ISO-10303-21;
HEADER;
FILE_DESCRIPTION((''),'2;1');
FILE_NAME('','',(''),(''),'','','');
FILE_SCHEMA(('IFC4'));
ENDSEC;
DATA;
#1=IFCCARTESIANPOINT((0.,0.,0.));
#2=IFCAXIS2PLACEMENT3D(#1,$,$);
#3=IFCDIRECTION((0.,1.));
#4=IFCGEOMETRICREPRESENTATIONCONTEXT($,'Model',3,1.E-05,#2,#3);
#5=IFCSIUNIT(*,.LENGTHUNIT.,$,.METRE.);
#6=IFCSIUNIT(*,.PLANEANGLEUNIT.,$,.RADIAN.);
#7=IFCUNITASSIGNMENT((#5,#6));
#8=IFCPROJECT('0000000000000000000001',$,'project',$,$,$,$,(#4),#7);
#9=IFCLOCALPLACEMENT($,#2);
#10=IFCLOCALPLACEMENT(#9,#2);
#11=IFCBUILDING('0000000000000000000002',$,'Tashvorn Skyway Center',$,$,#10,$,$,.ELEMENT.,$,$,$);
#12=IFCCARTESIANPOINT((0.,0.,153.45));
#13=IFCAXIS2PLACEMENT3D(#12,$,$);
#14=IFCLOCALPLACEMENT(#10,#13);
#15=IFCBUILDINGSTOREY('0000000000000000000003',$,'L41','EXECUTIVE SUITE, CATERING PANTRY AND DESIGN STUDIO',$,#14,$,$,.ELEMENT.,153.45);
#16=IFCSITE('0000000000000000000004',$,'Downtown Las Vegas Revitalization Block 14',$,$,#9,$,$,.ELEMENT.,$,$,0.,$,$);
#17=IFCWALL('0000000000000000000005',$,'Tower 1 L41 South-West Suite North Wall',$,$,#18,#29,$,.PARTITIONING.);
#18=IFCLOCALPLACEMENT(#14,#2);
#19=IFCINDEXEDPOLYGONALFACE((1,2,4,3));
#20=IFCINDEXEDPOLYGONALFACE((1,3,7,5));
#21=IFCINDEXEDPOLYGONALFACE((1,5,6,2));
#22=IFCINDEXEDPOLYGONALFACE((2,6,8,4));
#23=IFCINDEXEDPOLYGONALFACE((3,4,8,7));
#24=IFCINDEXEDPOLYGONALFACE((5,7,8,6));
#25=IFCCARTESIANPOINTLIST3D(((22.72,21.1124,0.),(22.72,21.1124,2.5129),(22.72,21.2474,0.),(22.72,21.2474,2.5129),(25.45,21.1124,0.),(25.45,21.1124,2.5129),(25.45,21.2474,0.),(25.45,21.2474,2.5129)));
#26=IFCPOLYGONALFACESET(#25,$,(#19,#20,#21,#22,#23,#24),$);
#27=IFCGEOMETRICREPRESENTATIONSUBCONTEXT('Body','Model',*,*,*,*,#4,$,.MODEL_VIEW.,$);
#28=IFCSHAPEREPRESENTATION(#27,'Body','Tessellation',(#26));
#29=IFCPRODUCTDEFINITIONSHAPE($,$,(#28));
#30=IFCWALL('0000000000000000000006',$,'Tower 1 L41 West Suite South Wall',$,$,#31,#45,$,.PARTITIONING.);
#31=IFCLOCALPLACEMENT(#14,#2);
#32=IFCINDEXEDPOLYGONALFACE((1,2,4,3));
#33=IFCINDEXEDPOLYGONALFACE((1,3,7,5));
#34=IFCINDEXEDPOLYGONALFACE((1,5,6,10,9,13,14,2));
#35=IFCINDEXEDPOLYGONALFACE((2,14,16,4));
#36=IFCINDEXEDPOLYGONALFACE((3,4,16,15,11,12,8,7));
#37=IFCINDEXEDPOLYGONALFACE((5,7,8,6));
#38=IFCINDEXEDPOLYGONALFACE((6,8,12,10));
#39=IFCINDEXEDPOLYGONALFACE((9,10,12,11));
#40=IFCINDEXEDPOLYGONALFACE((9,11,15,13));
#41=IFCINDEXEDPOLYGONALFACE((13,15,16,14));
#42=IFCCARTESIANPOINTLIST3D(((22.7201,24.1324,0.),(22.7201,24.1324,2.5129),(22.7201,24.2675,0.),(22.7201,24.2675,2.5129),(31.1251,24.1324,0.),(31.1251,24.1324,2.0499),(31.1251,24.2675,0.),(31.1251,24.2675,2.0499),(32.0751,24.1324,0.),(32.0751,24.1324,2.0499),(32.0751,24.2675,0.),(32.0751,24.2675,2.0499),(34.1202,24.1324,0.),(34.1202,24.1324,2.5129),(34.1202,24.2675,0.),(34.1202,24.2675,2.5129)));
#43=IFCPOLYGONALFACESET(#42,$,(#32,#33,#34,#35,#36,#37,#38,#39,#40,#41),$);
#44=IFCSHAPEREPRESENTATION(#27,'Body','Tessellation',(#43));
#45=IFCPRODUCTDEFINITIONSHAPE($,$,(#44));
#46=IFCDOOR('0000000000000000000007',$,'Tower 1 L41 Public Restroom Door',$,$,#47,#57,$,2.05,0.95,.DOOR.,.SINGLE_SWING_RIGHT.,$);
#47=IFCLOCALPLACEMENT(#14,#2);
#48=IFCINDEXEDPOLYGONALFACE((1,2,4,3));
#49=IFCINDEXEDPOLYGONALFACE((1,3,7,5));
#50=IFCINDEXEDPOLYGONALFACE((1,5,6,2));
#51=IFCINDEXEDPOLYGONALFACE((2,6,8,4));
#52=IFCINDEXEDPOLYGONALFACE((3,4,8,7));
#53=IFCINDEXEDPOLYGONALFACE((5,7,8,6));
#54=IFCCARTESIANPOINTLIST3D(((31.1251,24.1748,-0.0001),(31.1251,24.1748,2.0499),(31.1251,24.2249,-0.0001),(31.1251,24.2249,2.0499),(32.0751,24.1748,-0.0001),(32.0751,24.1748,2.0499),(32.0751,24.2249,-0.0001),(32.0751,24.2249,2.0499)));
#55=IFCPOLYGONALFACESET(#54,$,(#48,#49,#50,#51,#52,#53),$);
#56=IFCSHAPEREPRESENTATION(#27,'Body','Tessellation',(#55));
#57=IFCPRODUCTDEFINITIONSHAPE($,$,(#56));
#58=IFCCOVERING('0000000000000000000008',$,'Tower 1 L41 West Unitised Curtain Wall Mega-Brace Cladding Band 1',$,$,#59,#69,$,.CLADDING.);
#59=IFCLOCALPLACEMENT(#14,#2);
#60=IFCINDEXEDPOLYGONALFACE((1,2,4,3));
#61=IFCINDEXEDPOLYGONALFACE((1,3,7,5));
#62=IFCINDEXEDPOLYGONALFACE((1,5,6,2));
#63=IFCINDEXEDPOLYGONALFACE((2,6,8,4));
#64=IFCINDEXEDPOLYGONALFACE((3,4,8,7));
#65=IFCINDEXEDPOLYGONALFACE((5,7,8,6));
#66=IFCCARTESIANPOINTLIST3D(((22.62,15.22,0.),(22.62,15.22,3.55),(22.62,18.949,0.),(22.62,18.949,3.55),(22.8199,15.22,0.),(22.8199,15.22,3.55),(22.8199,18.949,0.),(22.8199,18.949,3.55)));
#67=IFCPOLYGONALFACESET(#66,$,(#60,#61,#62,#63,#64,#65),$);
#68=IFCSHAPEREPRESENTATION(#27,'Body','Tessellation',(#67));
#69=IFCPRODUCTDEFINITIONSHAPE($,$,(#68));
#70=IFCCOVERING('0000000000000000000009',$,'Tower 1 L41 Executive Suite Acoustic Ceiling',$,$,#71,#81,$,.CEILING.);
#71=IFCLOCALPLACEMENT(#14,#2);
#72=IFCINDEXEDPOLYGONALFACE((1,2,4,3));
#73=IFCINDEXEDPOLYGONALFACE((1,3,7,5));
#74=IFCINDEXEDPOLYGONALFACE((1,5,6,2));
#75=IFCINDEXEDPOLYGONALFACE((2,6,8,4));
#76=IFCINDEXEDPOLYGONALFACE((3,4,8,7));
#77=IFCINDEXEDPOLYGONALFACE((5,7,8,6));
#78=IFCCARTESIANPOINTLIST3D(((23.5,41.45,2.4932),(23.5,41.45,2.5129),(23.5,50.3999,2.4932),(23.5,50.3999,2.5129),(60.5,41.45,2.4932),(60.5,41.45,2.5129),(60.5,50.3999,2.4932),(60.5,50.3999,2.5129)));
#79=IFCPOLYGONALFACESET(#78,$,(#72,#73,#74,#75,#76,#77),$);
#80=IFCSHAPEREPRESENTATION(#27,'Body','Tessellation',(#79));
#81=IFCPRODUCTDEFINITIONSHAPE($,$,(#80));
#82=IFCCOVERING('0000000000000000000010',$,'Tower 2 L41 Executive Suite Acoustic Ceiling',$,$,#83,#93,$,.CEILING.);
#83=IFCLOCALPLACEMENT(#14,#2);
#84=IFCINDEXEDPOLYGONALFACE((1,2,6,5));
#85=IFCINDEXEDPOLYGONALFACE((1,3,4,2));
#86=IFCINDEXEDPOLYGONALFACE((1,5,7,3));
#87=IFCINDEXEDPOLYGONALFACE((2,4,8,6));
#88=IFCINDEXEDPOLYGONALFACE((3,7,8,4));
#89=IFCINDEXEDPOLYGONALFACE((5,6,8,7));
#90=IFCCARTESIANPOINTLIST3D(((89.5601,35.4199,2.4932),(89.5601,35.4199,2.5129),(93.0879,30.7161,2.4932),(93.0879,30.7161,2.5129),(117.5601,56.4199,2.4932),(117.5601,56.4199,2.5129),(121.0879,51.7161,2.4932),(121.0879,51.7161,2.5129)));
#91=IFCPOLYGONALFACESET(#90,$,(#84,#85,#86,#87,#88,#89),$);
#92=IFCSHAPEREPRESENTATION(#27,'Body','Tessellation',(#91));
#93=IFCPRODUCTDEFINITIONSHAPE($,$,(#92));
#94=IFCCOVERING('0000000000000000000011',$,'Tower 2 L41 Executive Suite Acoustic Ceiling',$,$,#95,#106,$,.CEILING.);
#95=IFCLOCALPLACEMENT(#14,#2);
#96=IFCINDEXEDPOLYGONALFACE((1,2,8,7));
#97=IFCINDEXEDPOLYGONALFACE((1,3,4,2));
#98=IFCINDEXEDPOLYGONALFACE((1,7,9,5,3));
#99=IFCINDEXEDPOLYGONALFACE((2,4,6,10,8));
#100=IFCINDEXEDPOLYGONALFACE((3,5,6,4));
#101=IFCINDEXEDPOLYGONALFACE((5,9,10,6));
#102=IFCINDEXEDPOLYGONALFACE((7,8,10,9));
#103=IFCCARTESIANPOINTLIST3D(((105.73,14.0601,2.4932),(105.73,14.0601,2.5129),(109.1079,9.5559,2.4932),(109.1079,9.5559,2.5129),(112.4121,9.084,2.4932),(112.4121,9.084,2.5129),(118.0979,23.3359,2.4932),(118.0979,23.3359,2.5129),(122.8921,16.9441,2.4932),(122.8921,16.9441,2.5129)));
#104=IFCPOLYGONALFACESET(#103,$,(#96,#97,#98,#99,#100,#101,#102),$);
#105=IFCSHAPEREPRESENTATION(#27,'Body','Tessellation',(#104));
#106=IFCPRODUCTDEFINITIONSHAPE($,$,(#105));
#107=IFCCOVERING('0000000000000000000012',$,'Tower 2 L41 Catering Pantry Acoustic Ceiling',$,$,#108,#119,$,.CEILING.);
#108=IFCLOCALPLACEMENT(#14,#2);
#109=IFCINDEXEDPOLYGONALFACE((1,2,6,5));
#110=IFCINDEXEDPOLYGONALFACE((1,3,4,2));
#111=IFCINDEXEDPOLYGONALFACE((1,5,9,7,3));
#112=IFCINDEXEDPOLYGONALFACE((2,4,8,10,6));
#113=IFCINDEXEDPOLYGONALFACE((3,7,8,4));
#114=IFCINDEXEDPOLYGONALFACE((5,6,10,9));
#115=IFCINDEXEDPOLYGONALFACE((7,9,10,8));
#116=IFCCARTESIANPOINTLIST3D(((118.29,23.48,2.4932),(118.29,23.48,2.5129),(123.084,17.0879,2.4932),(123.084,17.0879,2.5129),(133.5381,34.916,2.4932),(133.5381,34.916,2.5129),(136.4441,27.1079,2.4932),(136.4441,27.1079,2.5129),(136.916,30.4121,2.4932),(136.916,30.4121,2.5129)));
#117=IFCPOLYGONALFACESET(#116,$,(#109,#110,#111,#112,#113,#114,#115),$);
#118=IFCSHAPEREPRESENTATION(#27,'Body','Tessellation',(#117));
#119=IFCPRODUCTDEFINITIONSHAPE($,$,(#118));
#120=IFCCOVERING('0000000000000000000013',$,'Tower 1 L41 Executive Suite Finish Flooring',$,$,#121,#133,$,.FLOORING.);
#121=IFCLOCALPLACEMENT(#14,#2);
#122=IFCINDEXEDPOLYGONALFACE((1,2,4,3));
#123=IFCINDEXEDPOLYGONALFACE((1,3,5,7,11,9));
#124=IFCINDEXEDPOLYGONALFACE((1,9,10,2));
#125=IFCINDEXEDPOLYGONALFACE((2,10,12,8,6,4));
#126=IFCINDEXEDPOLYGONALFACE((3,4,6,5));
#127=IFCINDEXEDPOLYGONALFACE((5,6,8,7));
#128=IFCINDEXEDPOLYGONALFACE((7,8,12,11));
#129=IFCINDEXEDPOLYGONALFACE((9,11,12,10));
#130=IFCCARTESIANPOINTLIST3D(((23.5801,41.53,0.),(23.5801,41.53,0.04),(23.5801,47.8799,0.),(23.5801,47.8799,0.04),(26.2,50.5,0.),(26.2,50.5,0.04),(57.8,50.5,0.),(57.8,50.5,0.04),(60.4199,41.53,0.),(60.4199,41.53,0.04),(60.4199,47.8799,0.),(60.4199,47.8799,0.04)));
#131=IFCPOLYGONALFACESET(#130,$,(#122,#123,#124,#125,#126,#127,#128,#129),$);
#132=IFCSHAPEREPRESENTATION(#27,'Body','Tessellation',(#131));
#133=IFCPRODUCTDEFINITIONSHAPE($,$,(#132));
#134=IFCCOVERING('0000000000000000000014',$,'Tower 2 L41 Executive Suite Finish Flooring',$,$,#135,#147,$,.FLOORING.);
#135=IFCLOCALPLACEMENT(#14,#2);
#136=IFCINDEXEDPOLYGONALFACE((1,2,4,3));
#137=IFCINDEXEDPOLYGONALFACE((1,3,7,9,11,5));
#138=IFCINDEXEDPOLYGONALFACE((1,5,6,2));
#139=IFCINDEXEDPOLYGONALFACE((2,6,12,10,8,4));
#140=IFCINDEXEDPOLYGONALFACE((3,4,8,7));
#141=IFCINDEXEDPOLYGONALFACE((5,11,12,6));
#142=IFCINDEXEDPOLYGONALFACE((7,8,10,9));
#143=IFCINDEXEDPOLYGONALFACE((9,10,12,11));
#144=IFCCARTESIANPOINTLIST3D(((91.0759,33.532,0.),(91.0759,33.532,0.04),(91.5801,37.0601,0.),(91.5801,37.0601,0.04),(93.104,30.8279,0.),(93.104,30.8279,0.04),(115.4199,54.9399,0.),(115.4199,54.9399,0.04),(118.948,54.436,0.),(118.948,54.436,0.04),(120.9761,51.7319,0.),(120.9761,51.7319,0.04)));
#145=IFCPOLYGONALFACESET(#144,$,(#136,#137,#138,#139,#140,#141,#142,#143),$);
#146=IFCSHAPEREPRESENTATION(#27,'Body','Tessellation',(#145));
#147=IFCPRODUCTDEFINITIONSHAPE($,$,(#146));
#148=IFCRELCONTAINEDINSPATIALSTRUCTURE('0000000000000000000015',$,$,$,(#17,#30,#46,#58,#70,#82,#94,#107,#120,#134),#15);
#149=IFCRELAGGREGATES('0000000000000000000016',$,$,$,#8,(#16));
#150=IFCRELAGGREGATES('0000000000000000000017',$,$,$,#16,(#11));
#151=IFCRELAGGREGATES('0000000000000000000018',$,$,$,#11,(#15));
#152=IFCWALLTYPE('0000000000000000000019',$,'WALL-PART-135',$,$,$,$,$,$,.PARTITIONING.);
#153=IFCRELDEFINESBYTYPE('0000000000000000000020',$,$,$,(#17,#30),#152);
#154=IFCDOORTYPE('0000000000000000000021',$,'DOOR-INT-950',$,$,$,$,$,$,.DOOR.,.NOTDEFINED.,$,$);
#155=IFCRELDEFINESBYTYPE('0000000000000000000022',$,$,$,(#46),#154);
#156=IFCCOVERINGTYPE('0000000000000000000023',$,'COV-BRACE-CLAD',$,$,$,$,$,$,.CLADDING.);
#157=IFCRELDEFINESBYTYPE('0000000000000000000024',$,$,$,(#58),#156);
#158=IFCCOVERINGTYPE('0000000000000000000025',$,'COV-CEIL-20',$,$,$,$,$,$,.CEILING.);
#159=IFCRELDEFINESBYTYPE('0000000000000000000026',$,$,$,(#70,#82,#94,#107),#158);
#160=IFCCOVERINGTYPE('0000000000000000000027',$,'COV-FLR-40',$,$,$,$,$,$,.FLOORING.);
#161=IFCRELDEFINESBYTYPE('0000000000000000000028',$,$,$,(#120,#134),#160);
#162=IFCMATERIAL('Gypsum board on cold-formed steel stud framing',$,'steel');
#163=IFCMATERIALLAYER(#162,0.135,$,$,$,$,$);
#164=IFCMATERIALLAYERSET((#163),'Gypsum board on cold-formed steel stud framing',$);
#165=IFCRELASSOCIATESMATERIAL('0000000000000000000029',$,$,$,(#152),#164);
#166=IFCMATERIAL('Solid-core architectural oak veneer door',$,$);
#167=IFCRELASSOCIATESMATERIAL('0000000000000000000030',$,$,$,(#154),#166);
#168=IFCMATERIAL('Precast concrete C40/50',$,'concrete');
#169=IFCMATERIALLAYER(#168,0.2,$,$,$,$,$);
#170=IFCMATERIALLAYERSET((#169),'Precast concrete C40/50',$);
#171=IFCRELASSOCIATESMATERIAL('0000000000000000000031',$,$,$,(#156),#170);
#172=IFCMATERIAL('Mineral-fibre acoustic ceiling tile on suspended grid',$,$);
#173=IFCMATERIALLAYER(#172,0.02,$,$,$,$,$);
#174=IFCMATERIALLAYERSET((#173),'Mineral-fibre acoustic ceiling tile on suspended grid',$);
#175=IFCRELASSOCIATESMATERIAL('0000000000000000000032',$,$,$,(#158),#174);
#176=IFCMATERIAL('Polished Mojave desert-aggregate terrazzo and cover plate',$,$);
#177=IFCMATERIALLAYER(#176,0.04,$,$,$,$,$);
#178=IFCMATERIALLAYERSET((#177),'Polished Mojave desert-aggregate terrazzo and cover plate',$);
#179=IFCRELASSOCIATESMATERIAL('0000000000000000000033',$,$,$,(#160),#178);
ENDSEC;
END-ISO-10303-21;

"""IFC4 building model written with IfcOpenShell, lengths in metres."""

from ifc_helpers import new_model, si_unit, direction, frame, frame_2d, origin, origin_2d, place, context, subcontext, project, spatial, polyline, rectangle, outline, extrude, material, layer, layer_set, type_object, element, fill, save


model = new_model("IFC4")

# Units and contexts
model_context = context("Model", 3, precision=1e-05, world=origin(), true_north=direction((0.0, 1.0)))
body_context = subcontext(model_context, "Body", "Model", "MODEL_VIEW")
ifc_project = project(units=[si_unit("LENGTHUNIT", "METRE"), si_unit("PLANEANGLEUNIT", "RADIAN")], contexts=[model_context])

# Site, building, storey
site_placement = place(None, origin())
site = spatial("IfcSite", under=ifc_project, at=site_placement, Name="Downtown Las Vegas Revitalization Block 14", CompositionType="ELEMENT", RefElevation=0.0)
building_placement = place(site_placement, origin())
building = spatial("IfcBuilding", under=site, at=building_placement, Name="Tashvorn Skyway Center", CompositionType="ELEMENT")
storey_placement = place(building_placement, frame((0.0, 0.0, 153.45)))
storey = spatial("IfcBuildingStorey", under=building, at=storey_placement, Name="L41", Description="EXECUTIVE SUITE, CATERING PANTRY AND DESIGN STUDIO", CompositionType="ELEMENT", Elevation=153.45)

# Wall
ifc_material_1 = material(Name="Gypsum board on cold-formed steel stud framing", Category="steel")
ifc_layer_1 = layer(ifc_material_1, 0.135)
ifc_layer_set_1 = layer_set([ifc_layer_1], Name="Gypsum board on cold-formed steel stud framing")
wall_type = type_object("IfcWallType", Name="WALL-PART-135", PredefinedType="PARTITIONING", material=ifc_layer_set_1)
wall_1_placement = place(storey_placement, frame((22.72, 21.1799, 0.0), z_axis=(0.0, 0.0, 1.0), x_axis=(1.0, 0.0, 0.0)))
element("IfcWall", 1, at=wall_1_placement, inside=storey, type_object=wall_type, Name="Tower 1 L41 South-West Suite North Wall", PredefinedType="PARTITIONING", context=body_context, shape_type="SweptSolid", body=[
    extrude(rectangle(XDim=2.73, YDim=0.135, at=frame_2d((1.365, 0.0))), origin(), (0.0, 0.0, 1.0), 2.5129),
])

# Wall, opening, door
wall_2_placement = place(storey_placement, frame((22.72, 24.2, 0.0), z_axis=(0.0, 0.0, 1.0), x_axis=(1.0, 0.0, 0.0)))
wall_2 = element("IfcWall", 2, at=wall_2_placement, inside=storey, type_object=wall_type, Name="Tower 1 L41 West Suite South Wall", PredefinedType="PARTITIONING", context=body_context, shape_type="SweptSolid", body=[
    extrude(rectangle(XDim=11.4001, YDim=0.135, at=frame_2d((5.7002, 0.0))), origin(), (0.0, 0.0, 1.0), 2.5129),
])
opening_placement = place(wall_2_placement, frame((8.405, 0.0, 0.0)))
opening = element("IfcOpeningElement", 3, at=opening_placement, cuts=wall_2, PredefinedType="OPENING", context=body_context, shape_type="SweptSolid", body=[
    extrude(rectangle(XDim=0.95, YDim=2.05, at=frame_2d((0.4751, 1.0249))), frame((0.0, 0.0774, 0.0), z_axis=(0.0, -1.0, 0.0), x_axis=(1.0, 0.0, 0.0)), (0.0, 0.0, 1.0), 0.155),
])
ifc_material_2 = material(Name="Solid-core architectural oak veneer door")
door_type = type_object("IfcDoorType", Name="DOOR-INT-950", OperationType="NOTDEFINED", PredefinedType="DOOR", material=ifc_material_2)
door_placement = place(opening_placement, origin())
door = element("IfcDoor", 4, at=door_placement, inside=storey, type_object=door_type, Name="Tower 1 L41 Public Restroom Door", OperationType="SINGLE_SWING_RIGHT", OverallHeight=2.05, OverallWidth=0.95, PredefinedType="DOOR", context=body_context, shape_type="SweptSolid", body=[
    extrude(rectangle(XDim=0.95, YDim=2.05, at=frame_2d((0.4751, 1.0249))), frame((0.0, 0.0249, 0.0), z_axis=(0.0, -1.0, 0.0), x_axis=(1.0, 0.0, 0.0)), (0.0, 0.0, 1.0), 0.05),
])
fill(opening, door)

# Coverings
ifc_material_3 = material(Name="Precast concrete C40/50", Category="concrete")
ifc_layer_2 = layer(ifc_material_3, 0.2)
ifc_layer_set_2 = layer_set([ifc_layer_2], Name="Precast concrete C40/50")
covering_type_1 = type_object("IfcCoveringType", Name="COV-BRACE-CLAD", PredefinedType="CLADDING", material=ifc_layer_set_2)
covering_1_placement = place(storey_placement, frame((22.72, 17.0845, 0.0), z_axis=(0.0, 0.0, 1.0), x_axis=(0.0, 1.0, 0.0)))
element("IfcCovering", 5, at=covering_1_placement, inside=storey, type_object=covering_type_1, Name="Tower 1 L41 West Unitised Curtain Wall Mega-Brace Cladding Band 1", PredefinedType="CLADDING", context=body_context, shape_type="SweptSolid", body=[
    extrude(rectangle(XDim=3.729, YDim=0.2, at=origin_2d()), origin(), (0.0, 0.0, 1.0), 3.55),
])
ifc_material_4 = material(Name="Mineral-fibre acoustic ceiling tile on suspended grid")
ifc_layer_3 = layer(ifc_material_4, 0.02)
ifc_layer_set_3 = layer_set([ifc_layer_3], Name="Mineral-fibre acoustic ceiling tile on suspended grid")
covering_type_2 = type_object("IfcCoveringType", Name="COV-CEIL-20", PredefinedType="CEILING", material=ifc_layer_set_3)
covering_2_placement = place(storey_placement, frame((0.0, 0.0, 2.4932)))
element("IfcCovering", 6, at=covering_2_placement, inside=storey, type_object=covering_type_2, Name="Tower 1 L41 Executive Suite Acoustic Ceiling", PredefinedType="CEILING", context=body_context, shape_type="SweptSolid", body=[
    extrude(outline(polyline([(23.5, 41.45), (60.5, 41.45), (60.5, 50.3999), (23.5, 50.3999), (23.5, 41.45)])), origin(), (0.0, 0.0, 1.0), 0.0198),
])
covering_3_placement = place(storey_placement, frame((0.0, 0.0, 2.4932)))
element("IfcCovering", 7, at=covering_3_placement, inside=storey, type_object=covering_type_2, Name="Tower 2 L41 Executive Suite Acoustic Ceiling", PredefinedType="CEILING", context=body_context, shape_type="SweptSolid", body=[
    extrude(outline(polyline([(93.0879, 30.7161), (121.0879, 51.7161), (117.5601, 56.4199), (89.5601, 35.4199), (93.0879, 30.7161)])), origin(), (0.0, 0.0, 1.0), 0.0198),
])
covering_4_placement = place(storey_placement, frame((0.0, 0.0, 2.4932)))
element("IfcCovering", 8, at=covering_4_placement, inside=storey, type_object=covering_type_2, Name="Tower 2 L41 Executive Suite Acoustic Ceiling", PredefinedType="CEILING", context=body_context, shape_type="SweptSolid", body=[
    extrude(outline(polyline([(105.73, 14.0601), (118.0979, 23.3359), (122.8921, 16.9441), (112.4121, 9.084), (109.1079, 9.5559), (105.73, 14.0601)])), origin(), (0.0, 0.0, 1.0), 0.0198),
])
covering_5_placement = place(storey_placement, frame((0.0, 0.0, 2.4932)))
element("IfcCovering", 9, at=covering_5_placement, inside=storey, type_object=covering_type_2, Name="Tower 2 L41 Catering Pantry Acoustic Ceiling", PredefinedType="CEILING", context=body_context, shape_type="SweptSolid", body=[
    extrude(outline(polyline([(123.084, 17.0879), (118.29, 23.48), (133.5381, 34.916), (136.916, 30.4121), (136.4441, 27.1079), (123.084, 17.0879)])), origin(), (0.0, 0.0, 1.0), 0.0198),
])
ifc_material_5 = material(Name="Polished Mojave desert-aggregate terrazzo and cover plate")
ifc_layer_4 = layer(ifc_material_5, 0.04)
ifc_layer_set_4 = layer_set([ifc_layer_4], Name="Polished Mojave desert-aggregate terrazzo and cover plate")
covering_type_3 = type_object("IfcCoveringType", Name="COV-FLR-40", PredefinedType="FLOORING", material=ifc_layer_set_4)
covering_6_placement = place(storey_placement, origin())
element("IfcCovering", 10, at=covering_6_placement, inside=storey, type_object=covering_type_3, Name="Tower 1 L41 Executive Suite Finish Flooring", PredefinedType="FLOORING", context=body_context, shape_type="SweptSolid", body=[
    extrude(outline(polyline([(60.4199, 41.53), (23.5801, 41.53), (23.5801, 47.8799), (26.2, 50.5), (57.8, 50.5), (60.4199, 47.8799), (60.4199, 41.53)])), origin(), (0.0, 0.0, 1.0), 0.04),
])
covering_7_placement = place(storey_placement, origin())
element("IfcCovering", 11, at=covering_7_placement, inside=storey, type_object=covering_type_3, Name="Tower 2 L41 Executive Suite Finish Flooring", PredefinedType="FLOORING", context=body_context, shape_type="SweptSolid", body=[
    extrude(outline(polyline([(120.9761, 51.7319), (93.104, 30.8279), (91.0759, 33.532), (91.5801, 37.0601), (115.4199, 54.9399), (118.948, 54.436), (120.9761, 51.7319)])), origin(), (0.0, 0.0, 1.0), 0.04),
])

save(model, "model.ifc")
